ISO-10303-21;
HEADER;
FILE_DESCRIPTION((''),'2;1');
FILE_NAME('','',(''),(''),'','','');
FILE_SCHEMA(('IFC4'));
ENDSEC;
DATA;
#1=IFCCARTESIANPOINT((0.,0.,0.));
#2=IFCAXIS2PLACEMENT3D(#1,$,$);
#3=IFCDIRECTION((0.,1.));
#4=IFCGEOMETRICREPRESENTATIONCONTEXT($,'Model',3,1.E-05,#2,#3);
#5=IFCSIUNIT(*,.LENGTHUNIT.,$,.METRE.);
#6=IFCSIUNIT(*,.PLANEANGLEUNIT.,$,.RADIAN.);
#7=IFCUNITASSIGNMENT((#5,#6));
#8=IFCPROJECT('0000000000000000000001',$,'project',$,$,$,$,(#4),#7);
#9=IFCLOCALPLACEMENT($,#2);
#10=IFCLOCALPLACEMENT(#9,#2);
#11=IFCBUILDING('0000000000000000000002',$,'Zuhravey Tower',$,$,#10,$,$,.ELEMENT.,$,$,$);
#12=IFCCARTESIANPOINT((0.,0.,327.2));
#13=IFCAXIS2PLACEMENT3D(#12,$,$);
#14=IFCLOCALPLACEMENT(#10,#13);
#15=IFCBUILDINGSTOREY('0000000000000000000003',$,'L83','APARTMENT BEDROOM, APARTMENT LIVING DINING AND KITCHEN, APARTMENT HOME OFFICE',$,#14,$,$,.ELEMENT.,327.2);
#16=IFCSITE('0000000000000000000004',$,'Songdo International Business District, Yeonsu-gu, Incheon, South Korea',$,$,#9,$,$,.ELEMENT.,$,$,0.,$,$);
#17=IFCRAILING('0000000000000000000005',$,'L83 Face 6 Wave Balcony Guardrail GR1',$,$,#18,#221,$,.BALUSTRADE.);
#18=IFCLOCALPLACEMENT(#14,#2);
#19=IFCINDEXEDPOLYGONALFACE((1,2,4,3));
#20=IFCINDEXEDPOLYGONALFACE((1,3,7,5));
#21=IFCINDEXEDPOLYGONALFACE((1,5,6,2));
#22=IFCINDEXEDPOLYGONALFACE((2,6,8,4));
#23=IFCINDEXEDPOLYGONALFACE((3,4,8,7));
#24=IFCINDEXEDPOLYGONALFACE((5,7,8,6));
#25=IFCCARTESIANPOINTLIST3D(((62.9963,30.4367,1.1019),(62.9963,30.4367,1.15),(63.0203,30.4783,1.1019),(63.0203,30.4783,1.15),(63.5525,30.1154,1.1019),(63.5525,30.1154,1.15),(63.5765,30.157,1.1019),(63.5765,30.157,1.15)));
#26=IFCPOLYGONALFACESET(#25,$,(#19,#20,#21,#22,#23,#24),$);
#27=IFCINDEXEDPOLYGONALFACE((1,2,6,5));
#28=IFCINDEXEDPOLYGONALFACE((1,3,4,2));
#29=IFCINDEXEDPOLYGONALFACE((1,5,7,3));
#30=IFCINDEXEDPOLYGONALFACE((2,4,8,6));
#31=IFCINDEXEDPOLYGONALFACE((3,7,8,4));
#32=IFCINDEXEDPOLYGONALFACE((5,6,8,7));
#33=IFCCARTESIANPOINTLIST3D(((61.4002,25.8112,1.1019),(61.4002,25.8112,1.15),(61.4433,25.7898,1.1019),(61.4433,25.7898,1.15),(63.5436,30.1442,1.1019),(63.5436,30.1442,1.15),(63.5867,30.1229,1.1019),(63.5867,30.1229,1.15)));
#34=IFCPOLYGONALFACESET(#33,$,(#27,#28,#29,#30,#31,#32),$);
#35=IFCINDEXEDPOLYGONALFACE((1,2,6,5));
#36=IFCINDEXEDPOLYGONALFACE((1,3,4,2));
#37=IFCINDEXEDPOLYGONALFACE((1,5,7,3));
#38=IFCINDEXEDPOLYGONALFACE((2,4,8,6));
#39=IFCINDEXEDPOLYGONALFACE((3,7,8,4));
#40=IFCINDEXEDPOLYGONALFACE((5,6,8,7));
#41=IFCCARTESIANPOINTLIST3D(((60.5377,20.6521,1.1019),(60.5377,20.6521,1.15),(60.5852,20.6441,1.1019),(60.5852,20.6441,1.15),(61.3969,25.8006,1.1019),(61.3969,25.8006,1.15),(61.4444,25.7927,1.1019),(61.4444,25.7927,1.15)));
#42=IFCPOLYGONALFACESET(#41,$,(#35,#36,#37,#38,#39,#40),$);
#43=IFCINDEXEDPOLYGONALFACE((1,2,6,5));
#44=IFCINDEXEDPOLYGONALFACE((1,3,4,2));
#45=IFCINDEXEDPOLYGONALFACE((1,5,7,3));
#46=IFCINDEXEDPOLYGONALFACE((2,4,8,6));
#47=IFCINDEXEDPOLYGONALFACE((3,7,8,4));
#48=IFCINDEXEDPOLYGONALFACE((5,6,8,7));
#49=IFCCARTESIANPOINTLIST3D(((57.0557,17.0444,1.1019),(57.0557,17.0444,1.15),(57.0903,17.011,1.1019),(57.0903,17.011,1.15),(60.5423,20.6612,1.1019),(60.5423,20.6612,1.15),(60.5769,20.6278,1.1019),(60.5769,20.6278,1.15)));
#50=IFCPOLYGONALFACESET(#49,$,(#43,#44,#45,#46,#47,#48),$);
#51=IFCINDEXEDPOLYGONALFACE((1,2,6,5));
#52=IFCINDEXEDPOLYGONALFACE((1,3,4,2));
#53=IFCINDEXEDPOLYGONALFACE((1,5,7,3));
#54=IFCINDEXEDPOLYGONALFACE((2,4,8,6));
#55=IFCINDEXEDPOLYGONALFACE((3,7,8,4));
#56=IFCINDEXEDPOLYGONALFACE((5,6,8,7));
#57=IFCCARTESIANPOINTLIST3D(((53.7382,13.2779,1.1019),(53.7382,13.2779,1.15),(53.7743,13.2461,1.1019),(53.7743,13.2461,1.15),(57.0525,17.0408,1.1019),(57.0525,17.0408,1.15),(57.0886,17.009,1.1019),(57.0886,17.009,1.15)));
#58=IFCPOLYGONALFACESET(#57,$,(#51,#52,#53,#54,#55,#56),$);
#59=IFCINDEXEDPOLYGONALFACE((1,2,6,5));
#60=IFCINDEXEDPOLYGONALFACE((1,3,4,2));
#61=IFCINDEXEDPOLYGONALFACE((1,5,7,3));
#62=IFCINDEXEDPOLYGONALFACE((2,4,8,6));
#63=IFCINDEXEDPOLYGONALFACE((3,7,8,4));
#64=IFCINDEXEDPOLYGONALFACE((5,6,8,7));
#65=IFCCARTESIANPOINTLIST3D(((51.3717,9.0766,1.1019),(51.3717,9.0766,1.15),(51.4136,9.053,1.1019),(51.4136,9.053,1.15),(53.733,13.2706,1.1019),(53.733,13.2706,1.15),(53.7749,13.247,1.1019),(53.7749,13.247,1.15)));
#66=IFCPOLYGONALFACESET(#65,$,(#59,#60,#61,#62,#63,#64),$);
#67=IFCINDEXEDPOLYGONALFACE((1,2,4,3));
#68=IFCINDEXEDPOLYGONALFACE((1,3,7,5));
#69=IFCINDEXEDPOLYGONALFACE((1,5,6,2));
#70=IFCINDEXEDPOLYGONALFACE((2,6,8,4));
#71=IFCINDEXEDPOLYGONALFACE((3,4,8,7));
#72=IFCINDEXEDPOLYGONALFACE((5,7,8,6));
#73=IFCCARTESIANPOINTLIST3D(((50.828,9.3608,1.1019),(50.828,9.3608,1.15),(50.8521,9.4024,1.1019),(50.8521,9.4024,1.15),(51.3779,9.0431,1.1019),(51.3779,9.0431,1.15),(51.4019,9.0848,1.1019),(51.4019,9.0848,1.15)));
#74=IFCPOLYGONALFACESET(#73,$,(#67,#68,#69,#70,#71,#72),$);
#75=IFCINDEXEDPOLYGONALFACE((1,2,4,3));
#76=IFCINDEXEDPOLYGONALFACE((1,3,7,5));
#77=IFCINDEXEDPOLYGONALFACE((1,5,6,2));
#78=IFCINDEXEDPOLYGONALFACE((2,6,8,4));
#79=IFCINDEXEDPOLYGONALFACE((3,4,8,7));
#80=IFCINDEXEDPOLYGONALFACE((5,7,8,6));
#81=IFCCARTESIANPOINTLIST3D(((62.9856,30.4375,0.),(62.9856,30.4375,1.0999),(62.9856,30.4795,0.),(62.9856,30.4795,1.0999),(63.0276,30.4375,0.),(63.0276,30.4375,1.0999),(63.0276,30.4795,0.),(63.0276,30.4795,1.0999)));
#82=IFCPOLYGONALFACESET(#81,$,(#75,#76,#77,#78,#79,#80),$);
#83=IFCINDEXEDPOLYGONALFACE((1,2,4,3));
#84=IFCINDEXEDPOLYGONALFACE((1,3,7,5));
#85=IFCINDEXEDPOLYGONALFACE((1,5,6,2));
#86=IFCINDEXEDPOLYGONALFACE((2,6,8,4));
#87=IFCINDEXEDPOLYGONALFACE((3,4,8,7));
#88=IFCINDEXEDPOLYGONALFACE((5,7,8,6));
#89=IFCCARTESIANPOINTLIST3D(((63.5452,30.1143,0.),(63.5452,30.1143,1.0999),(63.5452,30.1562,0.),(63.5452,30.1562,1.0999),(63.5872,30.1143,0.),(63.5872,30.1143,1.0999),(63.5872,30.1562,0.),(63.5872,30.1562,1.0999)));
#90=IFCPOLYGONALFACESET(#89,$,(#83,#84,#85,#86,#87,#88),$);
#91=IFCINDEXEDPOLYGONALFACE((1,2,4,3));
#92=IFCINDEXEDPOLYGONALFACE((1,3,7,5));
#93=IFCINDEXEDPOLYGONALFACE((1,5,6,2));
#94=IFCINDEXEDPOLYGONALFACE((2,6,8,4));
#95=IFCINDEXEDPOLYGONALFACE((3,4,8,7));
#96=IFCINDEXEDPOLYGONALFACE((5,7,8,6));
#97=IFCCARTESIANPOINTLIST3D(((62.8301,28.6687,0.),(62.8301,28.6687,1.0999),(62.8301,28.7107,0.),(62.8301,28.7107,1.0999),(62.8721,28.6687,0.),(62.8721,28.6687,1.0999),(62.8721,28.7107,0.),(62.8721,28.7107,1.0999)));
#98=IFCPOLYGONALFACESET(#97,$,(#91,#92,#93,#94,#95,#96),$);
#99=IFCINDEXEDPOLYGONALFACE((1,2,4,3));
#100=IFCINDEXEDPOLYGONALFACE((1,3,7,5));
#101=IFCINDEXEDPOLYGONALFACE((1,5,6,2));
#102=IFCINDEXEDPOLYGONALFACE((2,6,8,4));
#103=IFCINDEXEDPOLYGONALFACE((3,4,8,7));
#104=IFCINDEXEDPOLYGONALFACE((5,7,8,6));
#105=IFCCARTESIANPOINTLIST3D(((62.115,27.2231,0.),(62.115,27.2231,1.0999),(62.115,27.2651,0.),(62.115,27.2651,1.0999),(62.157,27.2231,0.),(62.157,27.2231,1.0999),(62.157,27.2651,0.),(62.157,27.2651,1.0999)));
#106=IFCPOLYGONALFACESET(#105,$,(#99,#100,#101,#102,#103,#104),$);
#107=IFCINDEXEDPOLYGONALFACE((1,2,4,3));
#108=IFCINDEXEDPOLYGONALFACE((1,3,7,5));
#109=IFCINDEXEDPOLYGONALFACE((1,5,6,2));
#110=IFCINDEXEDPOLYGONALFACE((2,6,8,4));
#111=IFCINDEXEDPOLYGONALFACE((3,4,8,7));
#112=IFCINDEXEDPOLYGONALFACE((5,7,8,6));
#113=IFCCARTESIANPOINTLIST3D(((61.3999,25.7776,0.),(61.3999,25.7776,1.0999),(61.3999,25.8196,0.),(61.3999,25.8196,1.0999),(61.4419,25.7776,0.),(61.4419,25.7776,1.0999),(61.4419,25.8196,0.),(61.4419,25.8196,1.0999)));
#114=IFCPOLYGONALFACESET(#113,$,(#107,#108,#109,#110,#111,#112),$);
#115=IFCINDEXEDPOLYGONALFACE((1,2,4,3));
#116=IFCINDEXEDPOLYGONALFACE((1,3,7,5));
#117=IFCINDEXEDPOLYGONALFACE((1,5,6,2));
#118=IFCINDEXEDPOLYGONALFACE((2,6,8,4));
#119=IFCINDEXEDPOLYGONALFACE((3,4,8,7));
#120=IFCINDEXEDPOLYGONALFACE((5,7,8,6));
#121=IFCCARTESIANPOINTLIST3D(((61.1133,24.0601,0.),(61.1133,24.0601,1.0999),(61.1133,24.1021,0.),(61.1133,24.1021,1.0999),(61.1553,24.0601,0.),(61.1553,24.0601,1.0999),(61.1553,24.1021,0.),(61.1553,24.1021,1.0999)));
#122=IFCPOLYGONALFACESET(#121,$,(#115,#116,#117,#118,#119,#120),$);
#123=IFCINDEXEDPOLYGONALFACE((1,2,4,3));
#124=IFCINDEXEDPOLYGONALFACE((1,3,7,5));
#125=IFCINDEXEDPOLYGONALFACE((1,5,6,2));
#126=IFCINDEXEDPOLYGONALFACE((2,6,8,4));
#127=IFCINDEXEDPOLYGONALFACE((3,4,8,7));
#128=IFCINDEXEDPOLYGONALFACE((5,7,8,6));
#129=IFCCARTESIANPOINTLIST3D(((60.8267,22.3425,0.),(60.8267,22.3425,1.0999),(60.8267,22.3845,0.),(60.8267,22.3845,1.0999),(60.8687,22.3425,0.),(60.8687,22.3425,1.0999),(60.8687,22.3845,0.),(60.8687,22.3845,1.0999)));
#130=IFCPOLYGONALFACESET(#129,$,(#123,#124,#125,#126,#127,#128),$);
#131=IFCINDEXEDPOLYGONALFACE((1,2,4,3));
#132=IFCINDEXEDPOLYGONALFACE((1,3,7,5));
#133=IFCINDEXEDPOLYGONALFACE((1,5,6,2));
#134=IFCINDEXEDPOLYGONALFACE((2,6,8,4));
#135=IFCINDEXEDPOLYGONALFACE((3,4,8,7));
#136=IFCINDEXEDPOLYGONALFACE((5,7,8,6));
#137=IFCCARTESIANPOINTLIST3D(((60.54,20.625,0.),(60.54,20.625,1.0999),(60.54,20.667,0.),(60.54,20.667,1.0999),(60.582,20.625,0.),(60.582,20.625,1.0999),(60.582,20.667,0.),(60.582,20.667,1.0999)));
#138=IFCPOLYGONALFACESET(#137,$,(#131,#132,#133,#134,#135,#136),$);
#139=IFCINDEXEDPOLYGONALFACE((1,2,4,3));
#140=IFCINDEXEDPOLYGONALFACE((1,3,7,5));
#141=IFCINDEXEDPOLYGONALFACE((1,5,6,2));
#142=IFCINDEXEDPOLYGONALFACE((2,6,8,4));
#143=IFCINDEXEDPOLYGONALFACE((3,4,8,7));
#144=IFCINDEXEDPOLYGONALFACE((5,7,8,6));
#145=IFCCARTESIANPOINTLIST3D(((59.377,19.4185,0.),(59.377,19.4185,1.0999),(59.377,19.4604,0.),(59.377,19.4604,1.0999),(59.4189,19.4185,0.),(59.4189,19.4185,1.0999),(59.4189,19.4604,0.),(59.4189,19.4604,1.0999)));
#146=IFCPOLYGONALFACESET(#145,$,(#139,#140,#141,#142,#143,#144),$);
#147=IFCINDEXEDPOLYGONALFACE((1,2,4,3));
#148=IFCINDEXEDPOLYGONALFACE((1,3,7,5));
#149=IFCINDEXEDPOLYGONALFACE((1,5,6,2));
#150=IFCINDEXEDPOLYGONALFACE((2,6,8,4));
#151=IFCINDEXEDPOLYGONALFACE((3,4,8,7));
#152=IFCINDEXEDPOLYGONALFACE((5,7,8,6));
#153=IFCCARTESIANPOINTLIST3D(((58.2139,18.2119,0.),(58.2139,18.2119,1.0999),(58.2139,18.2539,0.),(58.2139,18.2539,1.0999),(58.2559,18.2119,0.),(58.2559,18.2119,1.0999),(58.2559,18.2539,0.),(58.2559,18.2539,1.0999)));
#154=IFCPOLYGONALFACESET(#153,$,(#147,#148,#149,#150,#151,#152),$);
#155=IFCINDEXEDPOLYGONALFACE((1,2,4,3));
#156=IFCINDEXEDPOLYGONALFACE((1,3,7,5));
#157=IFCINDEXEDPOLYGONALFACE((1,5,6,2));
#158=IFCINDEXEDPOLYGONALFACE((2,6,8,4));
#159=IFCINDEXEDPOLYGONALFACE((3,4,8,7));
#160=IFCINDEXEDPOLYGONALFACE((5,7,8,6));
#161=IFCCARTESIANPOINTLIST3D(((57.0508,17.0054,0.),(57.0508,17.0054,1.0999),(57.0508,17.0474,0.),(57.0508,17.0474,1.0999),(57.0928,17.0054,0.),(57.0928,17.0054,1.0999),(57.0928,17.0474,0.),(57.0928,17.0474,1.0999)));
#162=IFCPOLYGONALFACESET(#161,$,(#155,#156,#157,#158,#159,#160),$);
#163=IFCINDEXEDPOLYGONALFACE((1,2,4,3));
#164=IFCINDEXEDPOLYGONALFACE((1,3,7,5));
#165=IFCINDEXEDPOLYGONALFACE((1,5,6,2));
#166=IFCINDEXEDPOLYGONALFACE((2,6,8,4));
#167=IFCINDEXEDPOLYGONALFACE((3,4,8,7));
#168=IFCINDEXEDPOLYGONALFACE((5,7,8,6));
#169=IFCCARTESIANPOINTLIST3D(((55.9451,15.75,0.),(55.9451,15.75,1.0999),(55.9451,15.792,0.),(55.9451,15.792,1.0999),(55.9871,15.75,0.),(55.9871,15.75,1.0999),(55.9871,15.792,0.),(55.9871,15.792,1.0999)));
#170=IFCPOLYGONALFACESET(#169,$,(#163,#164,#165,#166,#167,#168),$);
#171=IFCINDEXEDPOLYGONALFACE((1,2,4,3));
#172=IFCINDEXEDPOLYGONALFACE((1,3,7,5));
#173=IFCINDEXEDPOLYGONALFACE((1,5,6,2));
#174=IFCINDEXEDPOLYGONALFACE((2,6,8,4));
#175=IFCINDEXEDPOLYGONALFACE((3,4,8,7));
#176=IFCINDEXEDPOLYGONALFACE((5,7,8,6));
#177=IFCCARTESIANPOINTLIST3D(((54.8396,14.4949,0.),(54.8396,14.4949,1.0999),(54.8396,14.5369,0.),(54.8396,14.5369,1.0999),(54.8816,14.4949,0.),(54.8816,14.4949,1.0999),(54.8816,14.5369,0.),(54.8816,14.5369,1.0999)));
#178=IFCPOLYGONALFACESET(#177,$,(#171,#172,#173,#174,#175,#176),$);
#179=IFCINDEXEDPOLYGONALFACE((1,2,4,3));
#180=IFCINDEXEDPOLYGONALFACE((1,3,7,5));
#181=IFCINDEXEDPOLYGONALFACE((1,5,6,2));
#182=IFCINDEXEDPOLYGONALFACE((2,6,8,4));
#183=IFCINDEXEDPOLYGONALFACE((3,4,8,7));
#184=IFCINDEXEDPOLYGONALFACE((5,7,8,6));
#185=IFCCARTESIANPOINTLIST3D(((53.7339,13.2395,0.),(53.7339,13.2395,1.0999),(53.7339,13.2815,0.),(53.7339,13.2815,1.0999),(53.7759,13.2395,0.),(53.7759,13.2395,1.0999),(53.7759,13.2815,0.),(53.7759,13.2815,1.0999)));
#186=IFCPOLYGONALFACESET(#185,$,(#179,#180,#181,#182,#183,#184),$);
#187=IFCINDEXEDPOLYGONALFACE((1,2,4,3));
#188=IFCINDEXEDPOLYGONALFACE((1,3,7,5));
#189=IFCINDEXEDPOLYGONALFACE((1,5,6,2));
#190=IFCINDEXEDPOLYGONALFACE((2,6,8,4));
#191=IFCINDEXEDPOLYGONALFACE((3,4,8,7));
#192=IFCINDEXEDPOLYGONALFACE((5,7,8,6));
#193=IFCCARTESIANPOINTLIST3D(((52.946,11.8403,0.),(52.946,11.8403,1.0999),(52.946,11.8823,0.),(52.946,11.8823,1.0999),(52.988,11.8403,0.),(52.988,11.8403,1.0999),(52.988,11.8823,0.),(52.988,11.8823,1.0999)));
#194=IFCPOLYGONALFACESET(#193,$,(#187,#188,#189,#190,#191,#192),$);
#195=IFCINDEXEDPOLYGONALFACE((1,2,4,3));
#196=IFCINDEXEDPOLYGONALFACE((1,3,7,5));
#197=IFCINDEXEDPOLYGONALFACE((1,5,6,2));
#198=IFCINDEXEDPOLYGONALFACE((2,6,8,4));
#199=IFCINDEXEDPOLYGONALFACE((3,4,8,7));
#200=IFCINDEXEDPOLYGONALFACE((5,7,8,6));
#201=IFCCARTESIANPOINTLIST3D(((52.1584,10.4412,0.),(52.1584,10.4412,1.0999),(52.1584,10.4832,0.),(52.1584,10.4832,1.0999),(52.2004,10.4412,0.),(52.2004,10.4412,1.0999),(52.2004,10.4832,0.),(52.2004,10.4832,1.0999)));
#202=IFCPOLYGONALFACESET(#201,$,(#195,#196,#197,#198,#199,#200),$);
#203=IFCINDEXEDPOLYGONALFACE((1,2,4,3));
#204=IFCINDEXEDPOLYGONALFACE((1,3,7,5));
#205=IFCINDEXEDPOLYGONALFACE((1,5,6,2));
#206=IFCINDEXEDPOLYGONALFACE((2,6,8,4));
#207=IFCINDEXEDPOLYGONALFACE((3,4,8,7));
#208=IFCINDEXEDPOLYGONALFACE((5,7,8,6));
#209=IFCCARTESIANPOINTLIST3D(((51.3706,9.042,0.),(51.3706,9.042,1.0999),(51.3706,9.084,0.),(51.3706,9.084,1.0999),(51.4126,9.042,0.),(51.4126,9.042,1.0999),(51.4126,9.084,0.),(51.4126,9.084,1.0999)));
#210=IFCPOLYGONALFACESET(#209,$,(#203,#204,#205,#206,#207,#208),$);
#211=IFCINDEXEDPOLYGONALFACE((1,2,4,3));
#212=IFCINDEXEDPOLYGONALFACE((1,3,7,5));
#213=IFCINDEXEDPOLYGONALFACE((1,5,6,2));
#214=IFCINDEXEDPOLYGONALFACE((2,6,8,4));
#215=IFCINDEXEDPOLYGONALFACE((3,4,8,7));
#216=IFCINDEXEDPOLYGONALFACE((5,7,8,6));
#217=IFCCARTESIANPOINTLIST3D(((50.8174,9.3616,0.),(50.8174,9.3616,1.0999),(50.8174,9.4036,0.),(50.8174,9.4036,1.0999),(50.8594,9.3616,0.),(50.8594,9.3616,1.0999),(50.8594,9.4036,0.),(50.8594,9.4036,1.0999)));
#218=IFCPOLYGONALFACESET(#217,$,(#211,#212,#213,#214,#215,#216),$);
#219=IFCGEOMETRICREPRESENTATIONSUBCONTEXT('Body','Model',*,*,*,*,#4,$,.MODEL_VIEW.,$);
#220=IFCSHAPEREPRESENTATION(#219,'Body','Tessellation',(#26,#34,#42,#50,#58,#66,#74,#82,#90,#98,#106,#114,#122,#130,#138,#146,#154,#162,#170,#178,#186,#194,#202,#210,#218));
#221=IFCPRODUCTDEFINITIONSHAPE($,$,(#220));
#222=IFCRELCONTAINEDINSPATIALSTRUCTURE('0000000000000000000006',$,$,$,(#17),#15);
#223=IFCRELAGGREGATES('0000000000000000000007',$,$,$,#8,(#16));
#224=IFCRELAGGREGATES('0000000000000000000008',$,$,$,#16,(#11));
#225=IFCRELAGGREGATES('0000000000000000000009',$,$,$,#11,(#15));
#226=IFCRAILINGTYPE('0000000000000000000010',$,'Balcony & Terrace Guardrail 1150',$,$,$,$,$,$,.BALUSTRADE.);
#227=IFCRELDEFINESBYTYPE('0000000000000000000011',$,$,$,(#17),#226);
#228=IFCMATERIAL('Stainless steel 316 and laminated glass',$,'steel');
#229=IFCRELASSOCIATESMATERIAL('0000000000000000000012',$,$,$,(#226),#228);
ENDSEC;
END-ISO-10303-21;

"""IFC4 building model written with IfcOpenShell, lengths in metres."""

from ifc_helpers import new_model, si_unit, direction, frame, origin, origin_2d, place, context, subcontext, project, spatial, rectangle, extrude, material, type_object, element, save


model = new_model("IFC4")

# Units and contexts
model_context = context("Model", 3, precision=1e-05, world=origin(), true_north=direction((0.0, 1.0)))
body_context = subcontext(model_context, "Body", "Model", "MODEL_VIEW")
ifc_project = project(units=[si_unit("LENGTHUNIT", "METRE"), si_unit("PLANEANGLEUNIT", "RADIAN")], contexts=[model_context])

# Site, building, storey
site_placement = place(None, origin())
site = spatial("IfcSite", under=ifc_project, at=site_placement, Name="Songdo International Business District, Yeonsu-gu, Incheon, South Korea", CompositionType="ELEMENT", RefElevation=0.0)
building_placement = place(site_placement, origin())
building = spatial("IfcBuilding", under=site, at=building_placement, Name="Zuhravey Tower", CompositionType="ELEMENT")
storey_placement = place(building_placement, frame((0.0, 0.0, 327.2)))
storey = spatial("IfcBuildingStorey", under=building, at=storey_placement, Name="L83", Description="APARTMENT BEDROOM, APARTMENT LIVING DINING AND KITCHEN, APARTMENT HOME OFFICE", CompositionType="ELEMENT", Elevation=327.2)

# Railing
ifc_material_1 = material(Name="Stainless steel 316 and laminated glass", Category="steel")
railing_type = type_object("IfcRailingType", Name="Balcony & Terrace Guardrail 1150", PredefinedType="BALUSTRADE", material=ifc_material_1)
railing_placement = place(storey_placement, frame((63.0066, 30.4585, 0.0)))
element("IfcRailing", 1, at=railing_placement, inside=storey, type_object=railing_type, Name="L83 Face 6 Wave Balcony Guardrail GR1", PredefinedType="BALUSTRADE", context=body_context, shape_type="SweptSolid", body=[
    extrude(rectangle(XDim=0.0481, YDim=0.0481, at=origin_2d()), frame((0.0017, -0.001, 1.126), z_axis=(0.865909, -0.500202, 0.0), x_axis=(0.500202, 0.865909, 0.0)), (0.0, 0.0, 1.0), 0.6423),
    extrude(rectangle(XDim=0.0481, YDim=0.0481, at=origin_2d()), frame((0.5586, -0.325, 1.126), z_axis=(-0.443395, -0.896326, 0.0), x_axis=(0.896326, -0.443395, 0.0)), (0.0, 0.0, 1.0), 4.8342),
    extrude(rectangle(XDim=0.0481, YDim=0.0481, at=origin_2d()), frame((-1.5859, -4.6619, 1.126), z_axis=(-0.164604, -0.98636, 0.0), x_axis=(0.98636, -0.164604, 0.0)), (0.0, 0.0, 1.0), 5.2197),
    extrude(rectangle(XDim=0.0481, YDim=0.0481, at=origin_2d()), frame((-2.447, -9.814, 1.126), z_axis=(-0.694022, -0.719953, 0.0), x_axis=(0.719953, -0.694022, 0.0)), (0.0, 0.0, 1.0), 5.0237),
    extrude(rectangle(XDim=0.0481, YDim=0.0481, at=origin_2d()), frame((-5.936, -13.4336, 1.126), z_axis=(-0.660957, -0.750424, 0.0), x_axis=(0.750424, -0.660957, 0.0)), (0.0, 0.0, 1.0), 5.0144),
    extrude(rectangle(XDim=0.0481, YDim=0.0481, at=origin_2d()), frame((-9.2527, -17.1997, 1.126), z_axis=(-0.490605, -0.871382, 0.0), x_axis=(0.871382, -0.490605, 0.0)), (0.0, 0.0, 1.0), 4.813),
    extrude(rectangle(XDim=0.0481, YDim=0.0481, at=origin_2d()), frame((-11.6167, -21.3945, 1.126), z_axis=(-0.865906, 0.500208, 0.0), x_axis=(-0.500208, -0.865906, 0.0)), (0.0, 0.0, 1.0), 0.635),
    extrude(rectangle(XDim=0.042, YDim=0.042, at=origin_2d()), origin(), (0.0, 0.0, 1.0), 1.0999),
    extrude(rectangle(XDim=0.042, YDim=0.042, at=origin_2d()), frame((0.5596, -0.3232, 0.0)), (0.0, 0.0, 1.0), 1.0999),
    extrude(rectangle(XDim=0.042, YDim=0.042, at=origin_2d()), frame((-0.1555, -1.7688, 0.0)), (0.0, 0.0, 1.0), 1.0999),
    extrude(rectangle(XDim=0.042, YDim=0.042, at=origin_2d()), frame((-0.8706, -3.2144, 0.0)), (0.0, 0.0, 1.0), 1.0999),
    extrude(rectangle(XDim=0.042, YDim=0.042, at=origin_2d()), frame((-1.5857, -4.6599, 0.0)), (0.0, 0.0, 1.0), 1.0999),
    extrude(rectangle(XDim=0.042, YDim=0.042, at=origin_2d()), frame((-1.8723, -6.3774, 0.0)), (0.0, 0.0, 1.0), 1.0999),
    extrude(rectangle(XDim=0.042, YDim=0.042, at=origin_2d()), frame((-2.1589, -8.095, 0.0)), (0.0, 0.0, 1.0), 1.0999),
    extrude(rectangle(XDim=0.042, YDim=0.042, at=origin_2d()), frame((-2.4456, -9.8125, 0.0)), (0.0, 0.0, 1.0), 1.0999),
    extrude(rectangle(XDim=0.042, YDim=0.042, at=origin_2d()), frame((-3.6086, -11.019, 0.0)), (0.0, 0.0, 1.0), 1.0999),
    extrude(rectangle(XDim=0.042, YDim=0.042, at=origin_2d()), frame((-4.7717, -12.2256, 0.0)), (0.0, 0.0, 1.0), 1.0999),
    extrude(rectangle(XDim=0.042, YDim=0.042, at=origin_2d()), frame((-5.9348, -13.4321, 0.0)), (0.0, 0.0, 1.0), 1.0999),
    extrude(rectangle(XDim=0.042, YDim=0.042, at=origin_2d()), frame((-7.0405, -14.6875, 0.0)), (0.0, 0.0, 1.0), 1.0999),
    extrude(rectangle(XDim=0.042, YDim=0.042, at=origin_2d()), frame((-8.146, -15.9426, 0.0)), (0.0, 0.0, 1.0), 1.0999),
    extrude(rectangle(XDim=0.042, YDim=0.042, at=origin_2d()), frame((-9.2517, -17.198, 0.0)), (0.0, 0.0, 1.0), 1.0999),
    extrude(rectangle(XDim=0.042, YDim=0.042, at=origin_2d()), frame((-10.0396, -18.5972, 0.0)), (0.0, 0.0, 1.0), 1.0999),
    extrude(rectangle(XDim=0.042, YDim=0.042, at=origin_2d()), frame((-10.8271, -19.9963, 0.0)), (0.0, 0.0, 1.0), 1.0999),
    extrude(rectangle(XDim=0.042, YDim=0.042, at=origin_2d()), frame((-11.615, -21.3955, 0.0)), (0.0, 0.0, 1.0), 1.0999),
    extrude(rectangle(XDim=0.042, YDim=0.042, at=origin_2d()), frame((-12.1682, -21.0759, 0.0)), (0.0, 0.0, 1.0), 1.0999),
])

save(model, "model.ifc")
